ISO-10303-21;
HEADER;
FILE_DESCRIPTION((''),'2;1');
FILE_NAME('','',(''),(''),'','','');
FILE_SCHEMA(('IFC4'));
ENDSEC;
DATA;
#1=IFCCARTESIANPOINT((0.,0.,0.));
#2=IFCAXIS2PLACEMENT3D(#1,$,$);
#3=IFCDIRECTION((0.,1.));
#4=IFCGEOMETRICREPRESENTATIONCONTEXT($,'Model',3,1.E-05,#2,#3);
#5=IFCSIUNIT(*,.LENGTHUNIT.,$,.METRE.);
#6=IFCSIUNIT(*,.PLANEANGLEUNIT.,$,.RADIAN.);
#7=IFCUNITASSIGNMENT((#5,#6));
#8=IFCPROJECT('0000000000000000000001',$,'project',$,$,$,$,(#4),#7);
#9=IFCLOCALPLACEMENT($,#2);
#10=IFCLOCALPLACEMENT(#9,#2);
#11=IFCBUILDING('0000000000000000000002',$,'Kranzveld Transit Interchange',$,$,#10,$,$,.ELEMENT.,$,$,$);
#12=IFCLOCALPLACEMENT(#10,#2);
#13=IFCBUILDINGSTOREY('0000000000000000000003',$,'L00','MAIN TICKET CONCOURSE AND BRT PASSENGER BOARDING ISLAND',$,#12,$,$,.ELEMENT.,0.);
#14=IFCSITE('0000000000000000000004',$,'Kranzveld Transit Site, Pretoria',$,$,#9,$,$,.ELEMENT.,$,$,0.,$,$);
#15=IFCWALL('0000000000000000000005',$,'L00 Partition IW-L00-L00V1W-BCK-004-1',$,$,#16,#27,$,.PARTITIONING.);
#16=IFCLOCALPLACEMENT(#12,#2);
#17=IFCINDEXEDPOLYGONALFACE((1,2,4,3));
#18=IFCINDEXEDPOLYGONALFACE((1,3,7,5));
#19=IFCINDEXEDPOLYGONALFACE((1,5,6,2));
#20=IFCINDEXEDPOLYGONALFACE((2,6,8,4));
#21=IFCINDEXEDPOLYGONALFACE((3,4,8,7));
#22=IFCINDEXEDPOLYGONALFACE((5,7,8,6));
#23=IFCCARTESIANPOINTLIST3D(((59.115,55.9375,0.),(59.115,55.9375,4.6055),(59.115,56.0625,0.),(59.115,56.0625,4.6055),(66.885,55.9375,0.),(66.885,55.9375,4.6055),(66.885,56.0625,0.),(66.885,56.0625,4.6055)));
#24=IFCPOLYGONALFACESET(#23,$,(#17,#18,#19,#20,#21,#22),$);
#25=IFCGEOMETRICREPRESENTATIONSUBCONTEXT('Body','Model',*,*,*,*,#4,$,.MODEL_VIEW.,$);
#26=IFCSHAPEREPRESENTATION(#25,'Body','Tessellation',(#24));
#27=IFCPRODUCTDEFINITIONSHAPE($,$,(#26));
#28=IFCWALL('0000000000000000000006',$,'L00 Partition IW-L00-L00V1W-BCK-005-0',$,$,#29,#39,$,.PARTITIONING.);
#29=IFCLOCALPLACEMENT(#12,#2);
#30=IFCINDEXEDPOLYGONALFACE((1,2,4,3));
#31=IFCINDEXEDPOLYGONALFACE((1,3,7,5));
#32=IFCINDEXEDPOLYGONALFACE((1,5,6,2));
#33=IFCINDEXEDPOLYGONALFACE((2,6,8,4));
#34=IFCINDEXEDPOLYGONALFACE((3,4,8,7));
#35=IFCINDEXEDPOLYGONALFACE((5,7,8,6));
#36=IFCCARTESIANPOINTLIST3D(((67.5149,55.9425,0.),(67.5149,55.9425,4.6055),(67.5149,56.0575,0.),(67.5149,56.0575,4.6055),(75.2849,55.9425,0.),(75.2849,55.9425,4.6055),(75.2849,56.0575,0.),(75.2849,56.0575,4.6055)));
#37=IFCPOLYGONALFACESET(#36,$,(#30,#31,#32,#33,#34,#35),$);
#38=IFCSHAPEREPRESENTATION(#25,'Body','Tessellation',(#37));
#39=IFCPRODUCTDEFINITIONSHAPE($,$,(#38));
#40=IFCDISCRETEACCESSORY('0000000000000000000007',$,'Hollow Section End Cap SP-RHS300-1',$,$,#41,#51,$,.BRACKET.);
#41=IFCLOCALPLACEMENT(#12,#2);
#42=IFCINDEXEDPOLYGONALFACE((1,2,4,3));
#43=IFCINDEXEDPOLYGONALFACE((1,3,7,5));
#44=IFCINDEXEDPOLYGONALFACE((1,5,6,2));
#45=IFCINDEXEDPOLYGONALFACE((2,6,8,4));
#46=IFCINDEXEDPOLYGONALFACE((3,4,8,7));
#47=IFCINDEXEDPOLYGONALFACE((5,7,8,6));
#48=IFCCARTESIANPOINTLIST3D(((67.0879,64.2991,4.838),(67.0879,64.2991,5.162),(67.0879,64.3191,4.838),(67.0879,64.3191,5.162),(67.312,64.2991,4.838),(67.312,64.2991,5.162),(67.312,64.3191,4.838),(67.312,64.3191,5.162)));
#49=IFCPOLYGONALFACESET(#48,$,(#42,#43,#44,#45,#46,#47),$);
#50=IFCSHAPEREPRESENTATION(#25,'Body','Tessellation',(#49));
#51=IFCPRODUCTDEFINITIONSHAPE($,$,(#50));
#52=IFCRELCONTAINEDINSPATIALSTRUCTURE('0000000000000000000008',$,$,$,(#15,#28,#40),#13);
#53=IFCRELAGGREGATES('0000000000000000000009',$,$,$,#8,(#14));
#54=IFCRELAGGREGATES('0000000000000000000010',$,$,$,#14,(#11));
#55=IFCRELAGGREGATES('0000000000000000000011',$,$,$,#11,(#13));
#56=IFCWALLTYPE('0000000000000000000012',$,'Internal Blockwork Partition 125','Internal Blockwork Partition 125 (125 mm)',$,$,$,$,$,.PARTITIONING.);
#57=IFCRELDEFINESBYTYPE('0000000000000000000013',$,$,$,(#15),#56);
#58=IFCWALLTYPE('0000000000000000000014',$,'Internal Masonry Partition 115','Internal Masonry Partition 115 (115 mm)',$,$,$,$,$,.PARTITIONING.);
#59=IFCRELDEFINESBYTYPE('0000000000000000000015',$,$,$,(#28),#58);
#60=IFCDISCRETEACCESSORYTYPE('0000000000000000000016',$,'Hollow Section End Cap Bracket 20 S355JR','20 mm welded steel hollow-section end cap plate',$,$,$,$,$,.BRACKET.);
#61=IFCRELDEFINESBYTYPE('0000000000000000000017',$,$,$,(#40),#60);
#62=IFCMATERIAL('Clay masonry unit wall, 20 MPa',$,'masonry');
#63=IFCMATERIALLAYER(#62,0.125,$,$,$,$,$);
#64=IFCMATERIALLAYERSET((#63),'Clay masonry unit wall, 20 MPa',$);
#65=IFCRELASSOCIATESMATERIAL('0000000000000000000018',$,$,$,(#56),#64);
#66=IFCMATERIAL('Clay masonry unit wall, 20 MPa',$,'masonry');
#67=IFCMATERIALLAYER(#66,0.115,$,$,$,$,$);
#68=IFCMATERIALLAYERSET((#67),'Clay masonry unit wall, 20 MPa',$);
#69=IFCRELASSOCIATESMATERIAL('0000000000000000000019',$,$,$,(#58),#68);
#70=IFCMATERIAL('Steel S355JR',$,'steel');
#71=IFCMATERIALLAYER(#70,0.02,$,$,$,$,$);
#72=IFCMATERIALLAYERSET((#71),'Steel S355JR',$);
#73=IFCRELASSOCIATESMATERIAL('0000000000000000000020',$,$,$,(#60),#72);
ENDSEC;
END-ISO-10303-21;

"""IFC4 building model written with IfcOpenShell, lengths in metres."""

from ifc_helpers import new_model, si_unit, direction, frame, frame_2d, origin, origin_2d, place, context, subcontext, project, spatial, rectangle, extrude, material, layer, layer_set, type_object, element, save


model = new_model("IFC4")

# Units and contexts
model_context = context("Model", 3, precision=1e-05, world=origin(), true_north=direction((0.0, 1.0)))
body_context = subcontext(model_context, "Body", "Model", "MODEL_VIEW")
ifc_project = project(units=[si_unit("LENGTHUNIT", "METRE"), si_unit("PLANEANGLEUNIT", "RADIAN")], contexts=[model_context])

# Site, building, storey
site_placement = place(None, origin())
site = spatial("IfcSite", under=ifc_project, at=site_placement, Name="Kranzveld Transit Site, Pretoria", CompositionType="ELEMENT", RefElevation=0.0)
building_placement = place(site_placement, origin())
building = spatial("IfcBuilding", under=site, at=building_placement, Name="Kranzveld Transit Interchange", CompositionType="ELEMENT")
storey_placement = place(building_placement, origin())
storey = spatial("IfcBuildingStorey", under=building, at=storey_placement, Name="L00", Description="MAIN TICKET CONCOURSE AND BRT PASSENGER BOARDING ISLAND", CompositionType="ELEMENT", Elevation=0.0)

# Walls
ifc_material_1 = material(Name="Clay masonry unit wall, 20 MPa", Category="masonry")
ifc_layer_1 = layer(ifc_material_1, 0.125)
ifc_layer_set_1 = layer_set([ifc_layer_1], Name="Clay masonry unit wall, 20 MPa")
wall_type_1 = type_object("IfcWallType", Name="Internal Blockwork Partition 125", Description="Internal Blockwork Partition 125 (125 mm)", PredefinedType="PARTITIONING", material=ifc_layer_set_1)
wall_1_placement = place(storey_placement, frame((59.115, 56.0, 0.0), z_axis=(0.0, 0.0, 1.0), x_axis=(1.0, 0.0, 0.0)))
element("IfcWall", 1, at=wall_1_placement, inside=storey, type_object=wall_type_1, Name="L00 Partition IW-L00-L00V1W-BCK-004-1", PredefinedType="PARTITIONING", context=body_context, shape_type="SweptSolid", body=[
    extrude(rectangle(XDim=7.77, YDim=0.125, at=frame_2d((3.885, 0.0))), origin(), (0.0, 0.0, 1.0), 4.6055),
])
ifc_material_2 = material(Name="Clay masonry unit wall, 20 MPa", Category="masonry")
ifc_layer_2 = layer(ifc_material_2, 0.115)
ifc_layer_set_2 = layer_set([ifc_layer_2], Name="Clay masonry unit wall, 20 MPa")
wall_type_2 = type_object("IfcWallType", Name="Internal Masonry Partition 115", Description="Internal Masonry Partition 115 (115 mm)", PredefinedType="PARTITIONING", material=ifc_layer_set_2)
wall_2_placement = place(storey_placement, frame((67.5149, 56.0, 0.0), z_axis=(0.0, 0.0, 1.0), x_axis=(1.0, 0.0, 0.0)))
element("IfcWall", 2, at=wall_2_placement, inside=storey, type_object=wall_type_2, Name="L00 Partition IW-L00-L00V1W-BCK-005-0", PredefinedType="PARTITIONING", context=body_context, shape_type="SweptSolid", body=[
    extrude(rectangle(XDim=7.77, YDim=0.115, at=frame_2d((3.885, 0.0))), origin(), (0.0, 0.0, 1.0), 4.6055),
])

# Discrete accessory
ifc_material_3 = material(Name="Steel S355JR", Category="steel")
ifc_layer_3 = layer(ifc_material_3, 0.02)
ifc_layer_set_3 = layer_set([ifc_layer_3], Name="Steel S355JR")
discrete_accessory_type = type_object("IfcDiscreteAccessoryType", Name="Hollow Section End Cap Bracket 20 S355JR", Description="20 mm welded steel hollow-section end cap plate", PredefinedType="BRACKET", material=ifc_layer_set_3)
discrete_accessory_placement = place(storey_placement, frame((67.2, 64.3191, 5.0), z_axis=(0.0, -1.0, 0.0), x_axis=(1.0, 0.0, 0.0)))
element("IfcDiscreteAccessory", 3, at=discrete_accessory_placement, inside=storey, type_object=discrete_accessory_type, Name="Hollow Section End Cap SP-RHS300-1", PredefinedType="BRACKET", context=body_context, shape_type="SweptSolid", body=[
    extrude(rectangle(XDim=0.2241, YDim=0.324, at=origin_2d()), origin(), (0.0, 0.0, 1.0), 0.02),
])

save(model, "model.ifc")
